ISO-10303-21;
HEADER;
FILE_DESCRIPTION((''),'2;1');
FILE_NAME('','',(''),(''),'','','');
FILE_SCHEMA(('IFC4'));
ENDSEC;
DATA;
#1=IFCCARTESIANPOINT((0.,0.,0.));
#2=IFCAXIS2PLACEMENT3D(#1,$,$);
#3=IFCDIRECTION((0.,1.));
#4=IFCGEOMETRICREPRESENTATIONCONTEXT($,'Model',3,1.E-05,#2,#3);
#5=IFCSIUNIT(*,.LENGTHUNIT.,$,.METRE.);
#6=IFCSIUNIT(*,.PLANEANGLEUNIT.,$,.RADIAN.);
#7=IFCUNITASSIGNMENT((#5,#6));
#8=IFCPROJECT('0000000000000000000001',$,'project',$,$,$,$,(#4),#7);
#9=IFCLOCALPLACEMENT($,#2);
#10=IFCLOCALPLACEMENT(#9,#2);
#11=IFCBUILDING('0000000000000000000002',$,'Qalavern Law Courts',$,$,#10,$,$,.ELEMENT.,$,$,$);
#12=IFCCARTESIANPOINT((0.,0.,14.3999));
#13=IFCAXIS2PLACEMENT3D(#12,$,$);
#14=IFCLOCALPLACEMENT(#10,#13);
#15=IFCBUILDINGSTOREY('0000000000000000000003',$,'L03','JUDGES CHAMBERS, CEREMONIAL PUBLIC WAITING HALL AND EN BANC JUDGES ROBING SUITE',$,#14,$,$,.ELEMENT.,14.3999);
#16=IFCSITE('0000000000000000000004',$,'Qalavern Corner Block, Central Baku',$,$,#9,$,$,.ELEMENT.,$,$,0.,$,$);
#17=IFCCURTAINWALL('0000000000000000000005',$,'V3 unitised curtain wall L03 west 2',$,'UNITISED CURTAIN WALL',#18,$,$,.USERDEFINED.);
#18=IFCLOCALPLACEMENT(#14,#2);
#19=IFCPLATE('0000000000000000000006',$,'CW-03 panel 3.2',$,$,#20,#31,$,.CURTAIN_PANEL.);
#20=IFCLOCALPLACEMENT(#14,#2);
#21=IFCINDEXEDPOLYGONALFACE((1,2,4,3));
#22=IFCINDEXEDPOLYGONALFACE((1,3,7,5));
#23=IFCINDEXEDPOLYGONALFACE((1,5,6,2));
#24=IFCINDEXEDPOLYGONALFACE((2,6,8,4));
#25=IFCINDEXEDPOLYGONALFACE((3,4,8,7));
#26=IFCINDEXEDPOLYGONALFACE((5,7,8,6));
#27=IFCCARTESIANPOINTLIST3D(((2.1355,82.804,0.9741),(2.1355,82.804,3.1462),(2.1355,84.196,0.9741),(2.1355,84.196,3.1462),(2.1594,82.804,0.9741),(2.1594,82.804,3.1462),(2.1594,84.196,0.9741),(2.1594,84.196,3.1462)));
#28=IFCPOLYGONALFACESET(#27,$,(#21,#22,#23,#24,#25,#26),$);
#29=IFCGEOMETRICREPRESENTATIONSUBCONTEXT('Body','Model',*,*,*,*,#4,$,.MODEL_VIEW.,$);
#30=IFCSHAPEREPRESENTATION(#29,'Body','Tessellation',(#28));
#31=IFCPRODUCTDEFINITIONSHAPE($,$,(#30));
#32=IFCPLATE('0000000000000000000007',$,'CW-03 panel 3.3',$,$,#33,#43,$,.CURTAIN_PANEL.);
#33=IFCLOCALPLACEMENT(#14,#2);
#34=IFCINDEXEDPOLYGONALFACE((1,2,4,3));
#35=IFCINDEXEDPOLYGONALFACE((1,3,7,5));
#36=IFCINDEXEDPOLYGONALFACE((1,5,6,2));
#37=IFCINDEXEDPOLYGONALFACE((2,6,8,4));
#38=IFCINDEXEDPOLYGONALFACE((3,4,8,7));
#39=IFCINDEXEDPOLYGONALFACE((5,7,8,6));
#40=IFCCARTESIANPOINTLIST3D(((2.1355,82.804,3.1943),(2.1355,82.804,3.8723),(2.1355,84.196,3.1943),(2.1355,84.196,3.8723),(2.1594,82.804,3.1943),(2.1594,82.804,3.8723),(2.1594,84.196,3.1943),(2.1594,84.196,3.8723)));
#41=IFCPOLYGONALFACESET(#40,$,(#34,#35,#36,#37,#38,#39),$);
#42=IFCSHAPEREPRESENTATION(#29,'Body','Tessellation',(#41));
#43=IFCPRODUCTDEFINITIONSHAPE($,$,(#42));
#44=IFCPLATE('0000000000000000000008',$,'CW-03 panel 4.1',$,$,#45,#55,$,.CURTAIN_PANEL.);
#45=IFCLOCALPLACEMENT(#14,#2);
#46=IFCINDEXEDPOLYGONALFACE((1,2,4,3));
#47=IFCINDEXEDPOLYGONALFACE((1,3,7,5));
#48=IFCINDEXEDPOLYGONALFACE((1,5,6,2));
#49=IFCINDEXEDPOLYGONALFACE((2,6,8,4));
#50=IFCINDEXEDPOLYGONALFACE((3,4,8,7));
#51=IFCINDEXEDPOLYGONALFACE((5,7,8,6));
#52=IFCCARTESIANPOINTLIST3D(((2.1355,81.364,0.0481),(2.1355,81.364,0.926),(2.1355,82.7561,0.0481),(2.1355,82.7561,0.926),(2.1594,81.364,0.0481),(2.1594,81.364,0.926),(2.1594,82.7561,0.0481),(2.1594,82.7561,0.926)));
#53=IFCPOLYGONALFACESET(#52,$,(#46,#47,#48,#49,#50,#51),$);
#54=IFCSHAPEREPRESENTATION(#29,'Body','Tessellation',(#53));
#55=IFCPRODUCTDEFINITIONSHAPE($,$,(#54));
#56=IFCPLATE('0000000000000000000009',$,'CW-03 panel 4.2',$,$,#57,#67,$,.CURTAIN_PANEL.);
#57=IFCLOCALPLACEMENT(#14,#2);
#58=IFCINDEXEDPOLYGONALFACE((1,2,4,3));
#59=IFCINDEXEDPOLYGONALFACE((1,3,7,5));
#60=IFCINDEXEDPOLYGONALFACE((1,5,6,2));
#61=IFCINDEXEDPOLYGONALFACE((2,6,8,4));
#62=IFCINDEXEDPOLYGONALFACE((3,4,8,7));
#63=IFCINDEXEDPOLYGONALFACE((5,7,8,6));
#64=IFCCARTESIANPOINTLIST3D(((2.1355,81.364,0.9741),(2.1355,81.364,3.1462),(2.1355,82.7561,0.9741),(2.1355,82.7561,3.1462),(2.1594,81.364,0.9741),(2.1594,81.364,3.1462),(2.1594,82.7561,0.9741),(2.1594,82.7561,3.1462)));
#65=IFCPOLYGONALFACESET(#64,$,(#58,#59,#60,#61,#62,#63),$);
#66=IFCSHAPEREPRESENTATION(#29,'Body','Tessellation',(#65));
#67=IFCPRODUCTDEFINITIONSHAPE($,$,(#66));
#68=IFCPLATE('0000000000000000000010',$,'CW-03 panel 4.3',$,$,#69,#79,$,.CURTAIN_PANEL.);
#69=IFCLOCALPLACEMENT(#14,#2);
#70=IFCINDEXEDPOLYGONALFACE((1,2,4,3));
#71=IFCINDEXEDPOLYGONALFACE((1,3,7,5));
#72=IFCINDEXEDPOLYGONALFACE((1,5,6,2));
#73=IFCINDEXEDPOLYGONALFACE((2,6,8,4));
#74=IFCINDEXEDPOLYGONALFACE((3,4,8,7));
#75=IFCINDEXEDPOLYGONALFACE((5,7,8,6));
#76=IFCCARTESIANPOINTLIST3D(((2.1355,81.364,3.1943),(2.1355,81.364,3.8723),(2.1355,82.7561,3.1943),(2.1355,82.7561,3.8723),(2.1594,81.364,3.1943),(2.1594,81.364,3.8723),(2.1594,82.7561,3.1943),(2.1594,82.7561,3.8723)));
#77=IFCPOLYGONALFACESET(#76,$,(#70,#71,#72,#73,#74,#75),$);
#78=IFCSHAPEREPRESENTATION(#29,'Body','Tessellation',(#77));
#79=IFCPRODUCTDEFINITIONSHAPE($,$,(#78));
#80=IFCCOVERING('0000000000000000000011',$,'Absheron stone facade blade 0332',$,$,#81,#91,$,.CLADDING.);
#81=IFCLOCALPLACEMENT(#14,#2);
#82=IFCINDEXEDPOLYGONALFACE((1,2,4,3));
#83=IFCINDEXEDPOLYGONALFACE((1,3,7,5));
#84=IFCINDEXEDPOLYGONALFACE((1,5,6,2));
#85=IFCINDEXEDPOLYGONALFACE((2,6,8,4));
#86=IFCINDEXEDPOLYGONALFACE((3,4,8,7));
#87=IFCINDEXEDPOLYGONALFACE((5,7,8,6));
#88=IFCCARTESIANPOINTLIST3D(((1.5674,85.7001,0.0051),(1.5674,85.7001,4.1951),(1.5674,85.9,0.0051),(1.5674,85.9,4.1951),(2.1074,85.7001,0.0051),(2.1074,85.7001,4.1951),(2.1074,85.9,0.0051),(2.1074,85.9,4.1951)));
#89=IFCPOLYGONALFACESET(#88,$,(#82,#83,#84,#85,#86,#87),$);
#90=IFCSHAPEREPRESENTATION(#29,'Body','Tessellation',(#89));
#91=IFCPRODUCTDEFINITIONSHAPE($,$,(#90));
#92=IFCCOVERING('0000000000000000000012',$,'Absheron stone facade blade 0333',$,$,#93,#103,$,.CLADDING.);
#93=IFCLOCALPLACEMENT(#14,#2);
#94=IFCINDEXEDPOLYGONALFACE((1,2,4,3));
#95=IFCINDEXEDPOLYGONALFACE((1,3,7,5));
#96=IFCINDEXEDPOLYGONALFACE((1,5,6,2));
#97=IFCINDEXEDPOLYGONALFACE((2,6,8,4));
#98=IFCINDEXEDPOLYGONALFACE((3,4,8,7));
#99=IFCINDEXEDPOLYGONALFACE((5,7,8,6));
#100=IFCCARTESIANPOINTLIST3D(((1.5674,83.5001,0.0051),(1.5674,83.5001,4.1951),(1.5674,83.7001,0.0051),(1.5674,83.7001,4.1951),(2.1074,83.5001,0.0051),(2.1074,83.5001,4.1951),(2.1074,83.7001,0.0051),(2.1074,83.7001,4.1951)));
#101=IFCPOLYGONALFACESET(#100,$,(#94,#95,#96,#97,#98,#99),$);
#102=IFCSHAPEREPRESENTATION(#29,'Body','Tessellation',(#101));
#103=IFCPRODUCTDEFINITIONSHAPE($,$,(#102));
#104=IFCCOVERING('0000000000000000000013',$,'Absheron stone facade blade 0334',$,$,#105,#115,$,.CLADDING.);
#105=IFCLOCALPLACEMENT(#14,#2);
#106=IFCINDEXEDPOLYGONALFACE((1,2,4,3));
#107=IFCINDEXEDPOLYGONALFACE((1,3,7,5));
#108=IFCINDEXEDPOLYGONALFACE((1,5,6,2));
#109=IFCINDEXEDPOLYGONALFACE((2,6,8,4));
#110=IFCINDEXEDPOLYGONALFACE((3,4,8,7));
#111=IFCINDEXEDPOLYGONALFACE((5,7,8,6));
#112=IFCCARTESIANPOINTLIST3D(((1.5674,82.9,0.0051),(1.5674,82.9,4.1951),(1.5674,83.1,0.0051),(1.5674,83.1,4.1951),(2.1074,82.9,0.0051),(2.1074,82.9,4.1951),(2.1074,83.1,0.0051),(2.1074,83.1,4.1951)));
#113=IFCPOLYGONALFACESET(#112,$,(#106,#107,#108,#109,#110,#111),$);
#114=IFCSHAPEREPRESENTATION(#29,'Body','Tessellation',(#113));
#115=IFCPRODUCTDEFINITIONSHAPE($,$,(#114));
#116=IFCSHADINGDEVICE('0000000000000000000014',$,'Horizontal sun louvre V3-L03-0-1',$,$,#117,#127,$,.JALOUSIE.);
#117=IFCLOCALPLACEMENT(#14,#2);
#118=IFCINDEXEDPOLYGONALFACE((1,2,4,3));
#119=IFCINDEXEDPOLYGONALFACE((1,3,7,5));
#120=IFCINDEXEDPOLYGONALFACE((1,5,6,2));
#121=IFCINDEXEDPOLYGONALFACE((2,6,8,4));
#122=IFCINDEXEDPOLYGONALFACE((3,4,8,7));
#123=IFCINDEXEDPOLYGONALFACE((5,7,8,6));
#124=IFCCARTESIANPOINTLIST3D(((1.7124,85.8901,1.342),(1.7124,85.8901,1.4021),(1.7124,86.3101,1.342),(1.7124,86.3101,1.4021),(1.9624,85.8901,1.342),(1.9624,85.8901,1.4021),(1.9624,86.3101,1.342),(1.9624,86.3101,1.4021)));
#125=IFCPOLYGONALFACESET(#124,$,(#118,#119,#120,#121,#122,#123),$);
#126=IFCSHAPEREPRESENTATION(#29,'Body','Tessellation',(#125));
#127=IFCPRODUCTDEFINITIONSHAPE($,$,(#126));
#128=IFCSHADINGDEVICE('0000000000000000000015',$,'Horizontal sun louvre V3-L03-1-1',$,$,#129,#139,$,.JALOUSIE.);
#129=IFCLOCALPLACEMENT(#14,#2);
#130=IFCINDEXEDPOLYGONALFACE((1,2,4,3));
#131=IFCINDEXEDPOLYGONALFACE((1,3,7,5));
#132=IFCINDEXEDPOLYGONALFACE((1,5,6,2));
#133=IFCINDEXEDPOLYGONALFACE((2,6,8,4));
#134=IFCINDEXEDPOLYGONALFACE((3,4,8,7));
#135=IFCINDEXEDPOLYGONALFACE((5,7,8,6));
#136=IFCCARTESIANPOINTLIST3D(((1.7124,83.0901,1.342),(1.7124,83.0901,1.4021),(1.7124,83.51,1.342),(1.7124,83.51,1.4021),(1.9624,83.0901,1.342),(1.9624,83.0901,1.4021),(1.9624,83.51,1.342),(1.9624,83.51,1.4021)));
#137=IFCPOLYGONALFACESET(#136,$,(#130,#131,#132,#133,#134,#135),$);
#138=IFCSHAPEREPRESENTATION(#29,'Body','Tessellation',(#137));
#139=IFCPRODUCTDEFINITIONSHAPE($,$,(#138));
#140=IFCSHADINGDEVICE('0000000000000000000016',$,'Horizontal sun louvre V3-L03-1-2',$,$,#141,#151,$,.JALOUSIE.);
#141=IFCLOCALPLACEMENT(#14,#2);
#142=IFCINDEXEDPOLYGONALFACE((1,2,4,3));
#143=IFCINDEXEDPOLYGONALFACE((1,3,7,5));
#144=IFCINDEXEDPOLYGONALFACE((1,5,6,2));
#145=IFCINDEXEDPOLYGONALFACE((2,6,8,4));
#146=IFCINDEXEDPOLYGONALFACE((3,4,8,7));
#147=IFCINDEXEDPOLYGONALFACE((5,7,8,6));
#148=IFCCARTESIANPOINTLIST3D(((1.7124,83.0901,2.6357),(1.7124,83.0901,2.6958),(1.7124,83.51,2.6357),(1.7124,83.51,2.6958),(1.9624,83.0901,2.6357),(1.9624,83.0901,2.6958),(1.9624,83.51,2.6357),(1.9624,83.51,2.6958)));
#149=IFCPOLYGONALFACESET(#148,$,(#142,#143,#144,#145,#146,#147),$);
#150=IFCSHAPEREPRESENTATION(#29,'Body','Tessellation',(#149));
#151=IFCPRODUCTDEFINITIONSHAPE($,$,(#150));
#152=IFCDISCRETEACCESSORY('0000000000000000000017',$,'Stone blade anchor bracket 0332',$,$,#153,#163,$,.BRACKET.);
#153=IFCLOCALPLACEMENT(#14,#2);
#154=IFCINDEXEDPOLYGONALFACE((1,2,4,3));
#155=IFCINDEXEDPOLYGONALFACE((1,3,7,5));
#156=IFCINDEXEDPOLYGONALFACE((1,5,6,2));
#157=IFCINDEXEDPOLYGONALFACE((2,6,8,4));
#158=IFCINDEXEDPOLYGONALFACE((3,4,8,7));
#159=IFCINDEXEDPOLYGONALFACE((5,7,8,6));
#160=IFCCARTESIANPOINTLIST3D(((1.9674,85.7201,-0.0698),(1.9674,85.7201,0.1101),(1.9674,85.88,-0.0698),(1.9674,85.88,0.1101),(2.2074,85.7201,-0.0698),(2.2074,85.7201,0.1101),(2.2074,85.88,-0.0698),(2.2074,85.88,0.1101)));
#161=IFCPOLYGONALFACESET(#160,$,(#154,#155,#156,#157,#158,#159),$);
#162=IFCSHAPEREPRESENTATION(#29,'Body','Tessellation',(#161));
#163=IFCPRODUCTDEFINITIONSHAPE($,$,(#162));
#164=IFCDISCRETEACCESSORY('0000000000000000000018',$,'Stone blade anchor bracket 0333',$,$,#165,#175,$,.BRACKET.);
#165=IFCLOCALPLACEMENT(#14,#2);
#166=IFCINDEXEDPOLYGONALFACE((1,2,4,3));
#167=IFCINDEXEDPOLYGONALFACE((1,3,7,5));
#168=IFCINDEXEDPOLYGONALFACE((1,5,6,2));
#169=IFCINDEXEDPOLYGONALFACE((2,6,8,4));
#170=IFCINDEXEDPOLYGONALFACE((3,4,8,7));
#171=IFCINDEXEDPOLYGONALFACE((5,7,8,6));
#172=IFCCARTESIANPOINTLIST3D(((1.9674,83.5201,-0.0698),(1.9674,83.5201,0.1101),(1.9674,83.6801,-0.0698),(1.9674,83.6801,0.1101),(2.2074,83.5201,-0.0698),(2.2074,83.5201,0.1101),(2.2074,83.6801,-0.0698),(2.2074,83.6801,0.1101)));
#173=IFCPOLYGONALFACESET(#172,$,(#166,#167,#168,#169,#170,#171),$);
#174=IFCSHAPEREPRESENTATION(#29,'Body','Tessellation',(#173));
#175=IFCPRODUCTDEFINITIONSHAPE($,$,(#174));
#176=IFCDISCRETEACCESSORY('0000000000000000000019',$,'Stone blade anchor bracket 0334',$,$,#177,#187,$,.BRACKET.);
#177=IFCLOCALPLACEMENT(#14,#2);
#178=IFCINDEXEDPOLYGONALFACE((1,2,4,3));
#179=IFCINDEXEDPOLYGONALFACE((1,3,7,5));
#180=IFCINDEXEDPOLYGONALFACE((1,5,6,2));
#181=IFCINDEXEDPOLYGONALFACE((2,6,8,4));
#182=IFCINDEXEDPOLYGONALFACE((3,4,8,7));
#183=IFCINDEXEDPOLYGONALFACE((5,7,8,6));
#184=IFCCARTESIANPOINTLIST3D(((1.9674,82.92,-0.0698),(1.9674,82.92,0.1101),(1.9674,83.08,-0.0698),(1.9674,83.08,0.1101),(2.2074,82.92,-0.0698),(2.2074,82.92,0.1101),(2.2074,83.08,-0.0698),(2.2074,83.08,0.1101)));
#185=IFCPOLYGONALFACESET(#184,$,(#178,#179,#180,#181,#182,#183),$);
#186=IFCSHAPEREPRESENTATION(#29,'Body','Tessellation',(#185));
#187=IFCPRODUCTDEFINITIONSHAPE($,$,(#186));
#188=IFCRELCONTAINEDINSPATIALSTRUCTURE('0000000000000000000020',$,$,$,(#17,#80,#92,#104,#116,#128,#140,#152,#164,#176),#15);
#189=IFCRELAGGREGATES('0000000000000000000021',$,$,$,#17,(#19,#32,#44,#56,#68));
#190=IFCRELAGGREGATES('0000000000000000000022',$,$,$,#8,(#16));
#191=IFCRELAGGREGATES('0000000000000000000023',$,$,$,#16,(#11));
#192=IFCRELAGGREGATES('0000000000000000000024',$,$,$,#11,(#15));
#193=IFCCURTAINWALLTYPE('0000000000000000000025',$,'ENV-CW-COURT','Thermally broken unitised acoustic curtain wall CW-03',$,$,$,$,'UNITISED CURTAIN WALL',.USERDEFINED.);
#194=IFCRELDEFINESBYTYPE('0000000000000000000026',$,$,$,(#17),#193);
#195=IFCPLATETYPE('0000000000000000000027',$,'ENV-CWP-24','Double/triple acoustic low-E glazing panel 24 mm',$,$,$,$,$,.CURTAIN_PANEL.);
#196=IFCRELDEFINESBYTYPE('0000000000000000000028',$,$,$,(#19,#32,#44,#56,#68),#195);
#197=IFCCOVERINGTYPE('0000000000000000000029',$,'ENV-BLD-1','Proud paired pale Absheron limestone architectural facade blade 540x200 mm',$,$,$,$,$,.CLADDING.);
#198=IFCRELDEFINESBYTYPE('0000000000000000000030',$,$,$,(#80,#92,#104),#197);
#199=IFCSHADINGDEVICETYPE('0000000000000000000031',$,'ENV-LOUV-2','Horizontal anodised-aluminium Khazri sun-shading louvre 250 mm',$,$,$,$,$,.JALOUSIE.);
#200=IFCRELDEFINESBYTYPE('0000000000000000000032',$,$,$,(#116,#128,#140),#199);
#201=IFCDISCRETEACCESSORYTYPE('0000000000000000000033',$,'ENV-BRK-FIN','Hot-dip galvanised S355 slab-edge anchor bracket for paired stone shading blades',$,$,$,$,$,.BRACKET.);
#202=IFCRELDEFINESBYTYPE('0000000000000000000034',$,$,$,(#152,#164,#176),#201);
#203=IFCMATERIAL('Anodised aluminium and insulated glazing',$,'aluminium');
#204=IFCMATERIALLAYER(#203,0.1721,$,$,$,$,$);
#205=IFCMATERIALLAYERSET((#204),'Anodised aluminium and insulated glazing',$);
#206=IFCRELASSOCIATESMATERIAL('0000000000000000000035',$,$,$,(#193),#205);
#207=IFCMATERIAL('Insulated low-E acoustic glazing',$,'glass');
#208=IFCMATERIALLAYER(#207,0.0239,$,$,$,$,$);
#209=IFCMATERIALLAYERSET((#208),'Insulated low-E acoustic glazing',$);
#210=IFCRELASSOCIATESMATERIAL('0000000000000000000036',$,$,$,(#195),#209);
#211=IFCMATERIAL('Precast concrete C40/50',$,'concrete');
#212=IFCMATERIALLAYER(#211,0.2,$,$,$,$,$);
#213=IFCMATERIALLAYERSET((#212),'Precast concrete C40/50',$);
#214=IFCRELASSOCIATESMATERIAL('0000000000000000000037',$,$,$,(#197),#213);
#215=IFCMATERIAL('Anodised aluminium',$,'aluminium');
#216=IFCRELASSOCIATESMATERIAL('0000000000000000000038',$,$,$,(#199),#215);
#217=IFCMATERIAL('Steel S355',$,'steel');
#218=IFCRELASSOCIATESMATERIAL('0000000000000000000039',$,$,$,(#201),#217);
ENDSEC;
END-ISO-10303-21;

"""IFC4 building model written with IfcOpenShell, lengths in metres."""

from ifc_helpers import new_model, si_unit, direction, frame, origin, origin_2d, place, context, subcontext, project, spatial, rectangle, extrude, material, layer, layer_set, type_object, element, aggregate, save


model = new_model("IFC4")

# Units and contexts
model_context = context("Model", 3, precision=1e-05, world=origin(), true_north=direction((0.0, 1.0)))
body_context = subcontext(model_context, "Body", "Model", "MODEL_VIEW")
ifc_project = project(units=[si_unit("LENGTHUNIT", "METRE"), si_unit("PLANEANGLEUNIT", "RADIAN")], contexts=[model_context])

# Site, building, storey
site_placement = place(None, origin())
site = spatial("IfcSite", under=ifc_project, at=site_placement, Name="Qalavern Corner Block, Central Baku", CompositionType="ELEMENT", RefElevation=0.0)
building_placement = place(site_placement, origin())
building = spatial("IfcBuilding", under=site, at=building_placement, Name="Qalavern Law Courts", CompositionType="ELEMENT")
storey_placement = place(building_placement, frame((0.0, 0.0, 14.3999)))
storey = spatial("IfcBuildingStorey", under=building, at=storey_placement, Name="L03", Description="JUDGES CHAMBERS, CEREMONIAL PUBLIC WAITING HALL AND EN BANC JUDGES ROBING SUITE", CompositionType="ELEMENT", Elevation=14.3999)

# Curtain wall
ifc_material_1 = material(Name="Anodised aluminium and insulated glazing", Category="aluminium")
ifc_layer_1 = layer(ifc_material_1, 0.1721)
ifc_layer_set_1 = layer_set([ifc_layer_1], Name="Anodised aluminium and insulated glazing")
curtain_wall_type = type_object("IfcCurtainWallType", Name="ENV-CW-COURT", Description="Thermally broken unitised acoustic curtain wall CW-03", ElementType="UNITISED CURTAIN WALL", PredefinedType="USERDEFINED", material=ifc_layer_set_1)
curtain_wall_placement = place(storey_placement, origin())
curtain_wall = element("IfcCurtainWall", 1, at=curtain_wall_placement, inside=storey, type_object=curtain_wall_type, Name="V3 unitised curtain wall L03 west 2", ObjectType="UNITISED CURTAIN WALL", PredefinedType="USERDEFINED")
ifc_material_2 = material(Name="Anodised aluminium", Category="aluminium")

# Plates
ifc_material_3 = material(Name="Insulated low-E acoustic glazing", Category="glass")
ifc_layer_2 = layer(ifc_material_3, 0.0239)
ifc_layer_set_2 = layer_set([ifc_layer_2], Name="Insulated low-E acoustic glazing")
plate_type = type_object("IfcPlateType", Name="ENV-CWP-24", Description="Double/triple acoustic low-E glazing panel 24 mm", PredefinedType="CURTAIN_PANEL", material=ifc_layer_set_2)
plate_1_placement = place(storey_placement, frame((2.1475, 83.5, 0.9741), z_axis=(0.0, 0.0, 1.0), x_axis=(0.0, -1.0, 0.0)))
plate_1 = element("IfcPlate", 2, at=plate_1_placement, type_object=plate_type, Name="CW-03 panel 3.2", PredefinedType="CURTAIN_PANEL", context=body_context, shape_type="SweptSolid", body=[
    extrude(rectangle(XDim=1.3921, YDim=0.0239, at=origin_2d()), origin(), (0.0, 0.0, 1.0), 2.1721),
])
plate_2_placement = place(storey_placement, frame((2.1475, 83.5, 3.1943), z_axis=(0.0, 0.0, 1.0), x_axis=(0.0, -1.0, 0.0)))
plate_2 = element("IfcPlate", 3, at=plate_2_placement, type_object=plate_type, Name="CW-03 panel 3.3", PredefinedType="CURTAIN_PANEL", context=body_context, shape_type="SweptSolid", body=[
    extrude(rectangle(XDim=1.3921, YDim=0.0239, at=origin_2d()), origin(), (0.0, 0.0, 1.0), 0.678),
])
plate_3_placement = place(storey_placement, frame((2.1475, 82.0601, 0.0481), z_axis=(0.0, 0.0, 1.0), x_axis=(0.0, -1.0, 0.0)))
plate_3 = element("IfcPlate", 4, at=plate_3_placement, type_object=plate_type, Name="CW-03 panel 4.1", PredefinedType="CURTAIN_PANEL", context=body_context, shape_type="SweptSolid", body=[
    extrude(rectangle(XDim=1.3921, YDim=0.0239, at=origin_2d()), origin(), (0.0, 0.0, 1.0), 0.8779),
])
plate_4_placement = place(storey_placement, frame((2.1475, 82.0601, 0.9741), z_axis=(0.0, 0.0, 1.0), x_axis=(0.0, -1.0, 0.0)))
plate_4 = element("IfcPlate", 5, at=plate_4_placement, type_object=plate_type, Name="CW-03 panel 4.2", PredefinedType="CURTAIN_PANEL", context=body_context, shape_type="SweptSolid", body=[
    extrude(rectangle(XDim=1.3921, YDim=0.0239, at=origin_2d()), origin(), (0.0, 0.0, 1.0), 2.1721),
])
plate_5_placement = place(storey_placement, frame((2.1475, 82.0601, 3.1943), z_axis=(0.0, 0.0, 1.0), x_axis=(0.0, -1.0, 0.0)))
plate_5 = element("IfcPlate", 6, at=plate_5_placement, type_object=plate_type, Name="CW-03 panel 4.3", PredefinedType="CURTAIN_PANEL", context=body_context, shape_type="SweptSolid", body=[
    extrude(rectangle(XDim=1.3921, YDim=0.0239, at=origin_2d()), origin(), (0.0, 0.0, 1.0), 0.678),
])
aggregate(curtain_wall, [plate_1, plate_2, plate_3, plate_4, plate_5])

# Coverings
ifc_material_4 = material(Name="Precast concrete C40/50", Category="concrete")
ifc_layer_3 = layer(ifc_material_4, 0.2)
ifc_layer_set_3 = layer_set([ifc_layer_3], Name="Precast concrete C40/50")
covering_type = type_object("IfcCoveringType", Name="ENV-BLD-1", Description="Proud paired pale Absheron limestone architectural facade blade 540x200 mm", PredefinedType="CLADDING", material=ifc_layer_set_3)
for number, where, z_axis, x_axis, name in (
    (7, (1.8374, 85.8, 0.0051), (0.0, 0.0, 1.0), (-1.0, 0.0, 0.0), "Absheron stone facade blade 0332"),
    (8, (1.8374, 83.6001, 0.0051), (0.0, 0.0, 1.0), (-1.0, 0.0, 0.0), "Absheron stone facade blade 0333"),
    (9, (1.8374, 83.0, 0.0051), (0.0, 0.0, 1.0), (-1.0, 0.0, 0.0), "Absheron stone facade blade 0334"),
):
    element("IfcCovering", number, at=place(storey_placement, frame(where, z_axis=z_axis, x_axis=x_axis)), inside=storey, type_object=covering_type, Name=name, PredefinedType="CLADDING", context=body_context, shape_type="SweptSolid", body=[
        extrude(rectangle(XDim=0.54, YDim=0.2, at=origin_2d()), origin(), (0.0, 0.0, 1.0), 4.1899),
    ])

# Shading devices
shading_device_type = type_object("IfcShadingDeviceType", Name="ENV-LOUV-2", Description="Horizontal anodised-aluminium Khazri sun-shading louvre 250 mm", PredefinedType="JALOUSIE", material=ifc_material_2)
for number, where, z_axis, x_axis, name in (
    (10, (1.8374, 86.1001, 1.342), (0.0, 0.0, 1.0), (0.0, -1.0, 0.0), "Horizontal sun louvre V3-L03-0-1"),
    (11, (1.8374, 83.3, 1.342), (0.0, 0.0, 1.0), (0.0, -1.0, 0.0), "Horizontal sun louvre V3-L03-1-1"),
    (12, (1.8374, 83.3, 2.6357), (0.0, 0.0, 1.0), (0.0, -1.0, 0.0), "Horizontal sun louvre V3-L03-1-2"),
):
    element("IfcShadingDevice", number, at=place(storey_placement, frame(where, z_axis=z_axis, x_axis=x_axis)), inside=storey, type_object=shading_device_type, Name=name, PredefinedType="JALOUSIE", context=body_context, shape_type="SweptSolid", body=[
        extrude(rectangle(XDim=0.4199, YDim=0.25, at=origin_2d()), origin(), (0.0, 0.0, 1.0), 0.0601),
    ])

# Discrete accessories
ifc_material_5 = material(Name="Steel S355", Category="steel")
discrete_accessory_type = type_object("IfcDiscreteAccessoryType", Name="ENV-BRK-FIN", Description="Hot-dip galvanised S355 slab-edge anchor bracket for paired stone shading blades", PredefinedType="BRACKET", material=ifc_material_5)
for number, where, z_axis, x_axis, name in (
    (13, (2.0874, 85.8, -0.0698), (0.0, 0.0, 1.0), (-1.0, 0.0, 0.0), "Stone blade anchor bracket 0332"),
    (14, (2.0874, 83.6001, -0.0698), (0.0, 0.0, 1.0), (-1.0, 0.0, 0.0), "Stone blade anchor bracket 0333"),
    (15, (2.0874, 83.0, -0.0698), (0.0, 0.0, 1.0), (-1.0, 0.0, 0.0), "Stone blade anchor bracket 0334"),
):
    element("IfcDiscreteAccessory", number, at=place(storey_placement, frame(where, z_axis=z_axis, x_axis=x_axis)), inside=storey, type_object=discrete_accessory_type, Name=name, PredefinedType="BRACKET", context=body_context, shape_type="SweptSolid", body=[
        extrude(rectangle(XDim=0.24, YDim=0.1599, at=origin_2d()), origin(), (0.0, 0.0, 1.0), 0.1799),
    ])

save(model, "model.ifc")
